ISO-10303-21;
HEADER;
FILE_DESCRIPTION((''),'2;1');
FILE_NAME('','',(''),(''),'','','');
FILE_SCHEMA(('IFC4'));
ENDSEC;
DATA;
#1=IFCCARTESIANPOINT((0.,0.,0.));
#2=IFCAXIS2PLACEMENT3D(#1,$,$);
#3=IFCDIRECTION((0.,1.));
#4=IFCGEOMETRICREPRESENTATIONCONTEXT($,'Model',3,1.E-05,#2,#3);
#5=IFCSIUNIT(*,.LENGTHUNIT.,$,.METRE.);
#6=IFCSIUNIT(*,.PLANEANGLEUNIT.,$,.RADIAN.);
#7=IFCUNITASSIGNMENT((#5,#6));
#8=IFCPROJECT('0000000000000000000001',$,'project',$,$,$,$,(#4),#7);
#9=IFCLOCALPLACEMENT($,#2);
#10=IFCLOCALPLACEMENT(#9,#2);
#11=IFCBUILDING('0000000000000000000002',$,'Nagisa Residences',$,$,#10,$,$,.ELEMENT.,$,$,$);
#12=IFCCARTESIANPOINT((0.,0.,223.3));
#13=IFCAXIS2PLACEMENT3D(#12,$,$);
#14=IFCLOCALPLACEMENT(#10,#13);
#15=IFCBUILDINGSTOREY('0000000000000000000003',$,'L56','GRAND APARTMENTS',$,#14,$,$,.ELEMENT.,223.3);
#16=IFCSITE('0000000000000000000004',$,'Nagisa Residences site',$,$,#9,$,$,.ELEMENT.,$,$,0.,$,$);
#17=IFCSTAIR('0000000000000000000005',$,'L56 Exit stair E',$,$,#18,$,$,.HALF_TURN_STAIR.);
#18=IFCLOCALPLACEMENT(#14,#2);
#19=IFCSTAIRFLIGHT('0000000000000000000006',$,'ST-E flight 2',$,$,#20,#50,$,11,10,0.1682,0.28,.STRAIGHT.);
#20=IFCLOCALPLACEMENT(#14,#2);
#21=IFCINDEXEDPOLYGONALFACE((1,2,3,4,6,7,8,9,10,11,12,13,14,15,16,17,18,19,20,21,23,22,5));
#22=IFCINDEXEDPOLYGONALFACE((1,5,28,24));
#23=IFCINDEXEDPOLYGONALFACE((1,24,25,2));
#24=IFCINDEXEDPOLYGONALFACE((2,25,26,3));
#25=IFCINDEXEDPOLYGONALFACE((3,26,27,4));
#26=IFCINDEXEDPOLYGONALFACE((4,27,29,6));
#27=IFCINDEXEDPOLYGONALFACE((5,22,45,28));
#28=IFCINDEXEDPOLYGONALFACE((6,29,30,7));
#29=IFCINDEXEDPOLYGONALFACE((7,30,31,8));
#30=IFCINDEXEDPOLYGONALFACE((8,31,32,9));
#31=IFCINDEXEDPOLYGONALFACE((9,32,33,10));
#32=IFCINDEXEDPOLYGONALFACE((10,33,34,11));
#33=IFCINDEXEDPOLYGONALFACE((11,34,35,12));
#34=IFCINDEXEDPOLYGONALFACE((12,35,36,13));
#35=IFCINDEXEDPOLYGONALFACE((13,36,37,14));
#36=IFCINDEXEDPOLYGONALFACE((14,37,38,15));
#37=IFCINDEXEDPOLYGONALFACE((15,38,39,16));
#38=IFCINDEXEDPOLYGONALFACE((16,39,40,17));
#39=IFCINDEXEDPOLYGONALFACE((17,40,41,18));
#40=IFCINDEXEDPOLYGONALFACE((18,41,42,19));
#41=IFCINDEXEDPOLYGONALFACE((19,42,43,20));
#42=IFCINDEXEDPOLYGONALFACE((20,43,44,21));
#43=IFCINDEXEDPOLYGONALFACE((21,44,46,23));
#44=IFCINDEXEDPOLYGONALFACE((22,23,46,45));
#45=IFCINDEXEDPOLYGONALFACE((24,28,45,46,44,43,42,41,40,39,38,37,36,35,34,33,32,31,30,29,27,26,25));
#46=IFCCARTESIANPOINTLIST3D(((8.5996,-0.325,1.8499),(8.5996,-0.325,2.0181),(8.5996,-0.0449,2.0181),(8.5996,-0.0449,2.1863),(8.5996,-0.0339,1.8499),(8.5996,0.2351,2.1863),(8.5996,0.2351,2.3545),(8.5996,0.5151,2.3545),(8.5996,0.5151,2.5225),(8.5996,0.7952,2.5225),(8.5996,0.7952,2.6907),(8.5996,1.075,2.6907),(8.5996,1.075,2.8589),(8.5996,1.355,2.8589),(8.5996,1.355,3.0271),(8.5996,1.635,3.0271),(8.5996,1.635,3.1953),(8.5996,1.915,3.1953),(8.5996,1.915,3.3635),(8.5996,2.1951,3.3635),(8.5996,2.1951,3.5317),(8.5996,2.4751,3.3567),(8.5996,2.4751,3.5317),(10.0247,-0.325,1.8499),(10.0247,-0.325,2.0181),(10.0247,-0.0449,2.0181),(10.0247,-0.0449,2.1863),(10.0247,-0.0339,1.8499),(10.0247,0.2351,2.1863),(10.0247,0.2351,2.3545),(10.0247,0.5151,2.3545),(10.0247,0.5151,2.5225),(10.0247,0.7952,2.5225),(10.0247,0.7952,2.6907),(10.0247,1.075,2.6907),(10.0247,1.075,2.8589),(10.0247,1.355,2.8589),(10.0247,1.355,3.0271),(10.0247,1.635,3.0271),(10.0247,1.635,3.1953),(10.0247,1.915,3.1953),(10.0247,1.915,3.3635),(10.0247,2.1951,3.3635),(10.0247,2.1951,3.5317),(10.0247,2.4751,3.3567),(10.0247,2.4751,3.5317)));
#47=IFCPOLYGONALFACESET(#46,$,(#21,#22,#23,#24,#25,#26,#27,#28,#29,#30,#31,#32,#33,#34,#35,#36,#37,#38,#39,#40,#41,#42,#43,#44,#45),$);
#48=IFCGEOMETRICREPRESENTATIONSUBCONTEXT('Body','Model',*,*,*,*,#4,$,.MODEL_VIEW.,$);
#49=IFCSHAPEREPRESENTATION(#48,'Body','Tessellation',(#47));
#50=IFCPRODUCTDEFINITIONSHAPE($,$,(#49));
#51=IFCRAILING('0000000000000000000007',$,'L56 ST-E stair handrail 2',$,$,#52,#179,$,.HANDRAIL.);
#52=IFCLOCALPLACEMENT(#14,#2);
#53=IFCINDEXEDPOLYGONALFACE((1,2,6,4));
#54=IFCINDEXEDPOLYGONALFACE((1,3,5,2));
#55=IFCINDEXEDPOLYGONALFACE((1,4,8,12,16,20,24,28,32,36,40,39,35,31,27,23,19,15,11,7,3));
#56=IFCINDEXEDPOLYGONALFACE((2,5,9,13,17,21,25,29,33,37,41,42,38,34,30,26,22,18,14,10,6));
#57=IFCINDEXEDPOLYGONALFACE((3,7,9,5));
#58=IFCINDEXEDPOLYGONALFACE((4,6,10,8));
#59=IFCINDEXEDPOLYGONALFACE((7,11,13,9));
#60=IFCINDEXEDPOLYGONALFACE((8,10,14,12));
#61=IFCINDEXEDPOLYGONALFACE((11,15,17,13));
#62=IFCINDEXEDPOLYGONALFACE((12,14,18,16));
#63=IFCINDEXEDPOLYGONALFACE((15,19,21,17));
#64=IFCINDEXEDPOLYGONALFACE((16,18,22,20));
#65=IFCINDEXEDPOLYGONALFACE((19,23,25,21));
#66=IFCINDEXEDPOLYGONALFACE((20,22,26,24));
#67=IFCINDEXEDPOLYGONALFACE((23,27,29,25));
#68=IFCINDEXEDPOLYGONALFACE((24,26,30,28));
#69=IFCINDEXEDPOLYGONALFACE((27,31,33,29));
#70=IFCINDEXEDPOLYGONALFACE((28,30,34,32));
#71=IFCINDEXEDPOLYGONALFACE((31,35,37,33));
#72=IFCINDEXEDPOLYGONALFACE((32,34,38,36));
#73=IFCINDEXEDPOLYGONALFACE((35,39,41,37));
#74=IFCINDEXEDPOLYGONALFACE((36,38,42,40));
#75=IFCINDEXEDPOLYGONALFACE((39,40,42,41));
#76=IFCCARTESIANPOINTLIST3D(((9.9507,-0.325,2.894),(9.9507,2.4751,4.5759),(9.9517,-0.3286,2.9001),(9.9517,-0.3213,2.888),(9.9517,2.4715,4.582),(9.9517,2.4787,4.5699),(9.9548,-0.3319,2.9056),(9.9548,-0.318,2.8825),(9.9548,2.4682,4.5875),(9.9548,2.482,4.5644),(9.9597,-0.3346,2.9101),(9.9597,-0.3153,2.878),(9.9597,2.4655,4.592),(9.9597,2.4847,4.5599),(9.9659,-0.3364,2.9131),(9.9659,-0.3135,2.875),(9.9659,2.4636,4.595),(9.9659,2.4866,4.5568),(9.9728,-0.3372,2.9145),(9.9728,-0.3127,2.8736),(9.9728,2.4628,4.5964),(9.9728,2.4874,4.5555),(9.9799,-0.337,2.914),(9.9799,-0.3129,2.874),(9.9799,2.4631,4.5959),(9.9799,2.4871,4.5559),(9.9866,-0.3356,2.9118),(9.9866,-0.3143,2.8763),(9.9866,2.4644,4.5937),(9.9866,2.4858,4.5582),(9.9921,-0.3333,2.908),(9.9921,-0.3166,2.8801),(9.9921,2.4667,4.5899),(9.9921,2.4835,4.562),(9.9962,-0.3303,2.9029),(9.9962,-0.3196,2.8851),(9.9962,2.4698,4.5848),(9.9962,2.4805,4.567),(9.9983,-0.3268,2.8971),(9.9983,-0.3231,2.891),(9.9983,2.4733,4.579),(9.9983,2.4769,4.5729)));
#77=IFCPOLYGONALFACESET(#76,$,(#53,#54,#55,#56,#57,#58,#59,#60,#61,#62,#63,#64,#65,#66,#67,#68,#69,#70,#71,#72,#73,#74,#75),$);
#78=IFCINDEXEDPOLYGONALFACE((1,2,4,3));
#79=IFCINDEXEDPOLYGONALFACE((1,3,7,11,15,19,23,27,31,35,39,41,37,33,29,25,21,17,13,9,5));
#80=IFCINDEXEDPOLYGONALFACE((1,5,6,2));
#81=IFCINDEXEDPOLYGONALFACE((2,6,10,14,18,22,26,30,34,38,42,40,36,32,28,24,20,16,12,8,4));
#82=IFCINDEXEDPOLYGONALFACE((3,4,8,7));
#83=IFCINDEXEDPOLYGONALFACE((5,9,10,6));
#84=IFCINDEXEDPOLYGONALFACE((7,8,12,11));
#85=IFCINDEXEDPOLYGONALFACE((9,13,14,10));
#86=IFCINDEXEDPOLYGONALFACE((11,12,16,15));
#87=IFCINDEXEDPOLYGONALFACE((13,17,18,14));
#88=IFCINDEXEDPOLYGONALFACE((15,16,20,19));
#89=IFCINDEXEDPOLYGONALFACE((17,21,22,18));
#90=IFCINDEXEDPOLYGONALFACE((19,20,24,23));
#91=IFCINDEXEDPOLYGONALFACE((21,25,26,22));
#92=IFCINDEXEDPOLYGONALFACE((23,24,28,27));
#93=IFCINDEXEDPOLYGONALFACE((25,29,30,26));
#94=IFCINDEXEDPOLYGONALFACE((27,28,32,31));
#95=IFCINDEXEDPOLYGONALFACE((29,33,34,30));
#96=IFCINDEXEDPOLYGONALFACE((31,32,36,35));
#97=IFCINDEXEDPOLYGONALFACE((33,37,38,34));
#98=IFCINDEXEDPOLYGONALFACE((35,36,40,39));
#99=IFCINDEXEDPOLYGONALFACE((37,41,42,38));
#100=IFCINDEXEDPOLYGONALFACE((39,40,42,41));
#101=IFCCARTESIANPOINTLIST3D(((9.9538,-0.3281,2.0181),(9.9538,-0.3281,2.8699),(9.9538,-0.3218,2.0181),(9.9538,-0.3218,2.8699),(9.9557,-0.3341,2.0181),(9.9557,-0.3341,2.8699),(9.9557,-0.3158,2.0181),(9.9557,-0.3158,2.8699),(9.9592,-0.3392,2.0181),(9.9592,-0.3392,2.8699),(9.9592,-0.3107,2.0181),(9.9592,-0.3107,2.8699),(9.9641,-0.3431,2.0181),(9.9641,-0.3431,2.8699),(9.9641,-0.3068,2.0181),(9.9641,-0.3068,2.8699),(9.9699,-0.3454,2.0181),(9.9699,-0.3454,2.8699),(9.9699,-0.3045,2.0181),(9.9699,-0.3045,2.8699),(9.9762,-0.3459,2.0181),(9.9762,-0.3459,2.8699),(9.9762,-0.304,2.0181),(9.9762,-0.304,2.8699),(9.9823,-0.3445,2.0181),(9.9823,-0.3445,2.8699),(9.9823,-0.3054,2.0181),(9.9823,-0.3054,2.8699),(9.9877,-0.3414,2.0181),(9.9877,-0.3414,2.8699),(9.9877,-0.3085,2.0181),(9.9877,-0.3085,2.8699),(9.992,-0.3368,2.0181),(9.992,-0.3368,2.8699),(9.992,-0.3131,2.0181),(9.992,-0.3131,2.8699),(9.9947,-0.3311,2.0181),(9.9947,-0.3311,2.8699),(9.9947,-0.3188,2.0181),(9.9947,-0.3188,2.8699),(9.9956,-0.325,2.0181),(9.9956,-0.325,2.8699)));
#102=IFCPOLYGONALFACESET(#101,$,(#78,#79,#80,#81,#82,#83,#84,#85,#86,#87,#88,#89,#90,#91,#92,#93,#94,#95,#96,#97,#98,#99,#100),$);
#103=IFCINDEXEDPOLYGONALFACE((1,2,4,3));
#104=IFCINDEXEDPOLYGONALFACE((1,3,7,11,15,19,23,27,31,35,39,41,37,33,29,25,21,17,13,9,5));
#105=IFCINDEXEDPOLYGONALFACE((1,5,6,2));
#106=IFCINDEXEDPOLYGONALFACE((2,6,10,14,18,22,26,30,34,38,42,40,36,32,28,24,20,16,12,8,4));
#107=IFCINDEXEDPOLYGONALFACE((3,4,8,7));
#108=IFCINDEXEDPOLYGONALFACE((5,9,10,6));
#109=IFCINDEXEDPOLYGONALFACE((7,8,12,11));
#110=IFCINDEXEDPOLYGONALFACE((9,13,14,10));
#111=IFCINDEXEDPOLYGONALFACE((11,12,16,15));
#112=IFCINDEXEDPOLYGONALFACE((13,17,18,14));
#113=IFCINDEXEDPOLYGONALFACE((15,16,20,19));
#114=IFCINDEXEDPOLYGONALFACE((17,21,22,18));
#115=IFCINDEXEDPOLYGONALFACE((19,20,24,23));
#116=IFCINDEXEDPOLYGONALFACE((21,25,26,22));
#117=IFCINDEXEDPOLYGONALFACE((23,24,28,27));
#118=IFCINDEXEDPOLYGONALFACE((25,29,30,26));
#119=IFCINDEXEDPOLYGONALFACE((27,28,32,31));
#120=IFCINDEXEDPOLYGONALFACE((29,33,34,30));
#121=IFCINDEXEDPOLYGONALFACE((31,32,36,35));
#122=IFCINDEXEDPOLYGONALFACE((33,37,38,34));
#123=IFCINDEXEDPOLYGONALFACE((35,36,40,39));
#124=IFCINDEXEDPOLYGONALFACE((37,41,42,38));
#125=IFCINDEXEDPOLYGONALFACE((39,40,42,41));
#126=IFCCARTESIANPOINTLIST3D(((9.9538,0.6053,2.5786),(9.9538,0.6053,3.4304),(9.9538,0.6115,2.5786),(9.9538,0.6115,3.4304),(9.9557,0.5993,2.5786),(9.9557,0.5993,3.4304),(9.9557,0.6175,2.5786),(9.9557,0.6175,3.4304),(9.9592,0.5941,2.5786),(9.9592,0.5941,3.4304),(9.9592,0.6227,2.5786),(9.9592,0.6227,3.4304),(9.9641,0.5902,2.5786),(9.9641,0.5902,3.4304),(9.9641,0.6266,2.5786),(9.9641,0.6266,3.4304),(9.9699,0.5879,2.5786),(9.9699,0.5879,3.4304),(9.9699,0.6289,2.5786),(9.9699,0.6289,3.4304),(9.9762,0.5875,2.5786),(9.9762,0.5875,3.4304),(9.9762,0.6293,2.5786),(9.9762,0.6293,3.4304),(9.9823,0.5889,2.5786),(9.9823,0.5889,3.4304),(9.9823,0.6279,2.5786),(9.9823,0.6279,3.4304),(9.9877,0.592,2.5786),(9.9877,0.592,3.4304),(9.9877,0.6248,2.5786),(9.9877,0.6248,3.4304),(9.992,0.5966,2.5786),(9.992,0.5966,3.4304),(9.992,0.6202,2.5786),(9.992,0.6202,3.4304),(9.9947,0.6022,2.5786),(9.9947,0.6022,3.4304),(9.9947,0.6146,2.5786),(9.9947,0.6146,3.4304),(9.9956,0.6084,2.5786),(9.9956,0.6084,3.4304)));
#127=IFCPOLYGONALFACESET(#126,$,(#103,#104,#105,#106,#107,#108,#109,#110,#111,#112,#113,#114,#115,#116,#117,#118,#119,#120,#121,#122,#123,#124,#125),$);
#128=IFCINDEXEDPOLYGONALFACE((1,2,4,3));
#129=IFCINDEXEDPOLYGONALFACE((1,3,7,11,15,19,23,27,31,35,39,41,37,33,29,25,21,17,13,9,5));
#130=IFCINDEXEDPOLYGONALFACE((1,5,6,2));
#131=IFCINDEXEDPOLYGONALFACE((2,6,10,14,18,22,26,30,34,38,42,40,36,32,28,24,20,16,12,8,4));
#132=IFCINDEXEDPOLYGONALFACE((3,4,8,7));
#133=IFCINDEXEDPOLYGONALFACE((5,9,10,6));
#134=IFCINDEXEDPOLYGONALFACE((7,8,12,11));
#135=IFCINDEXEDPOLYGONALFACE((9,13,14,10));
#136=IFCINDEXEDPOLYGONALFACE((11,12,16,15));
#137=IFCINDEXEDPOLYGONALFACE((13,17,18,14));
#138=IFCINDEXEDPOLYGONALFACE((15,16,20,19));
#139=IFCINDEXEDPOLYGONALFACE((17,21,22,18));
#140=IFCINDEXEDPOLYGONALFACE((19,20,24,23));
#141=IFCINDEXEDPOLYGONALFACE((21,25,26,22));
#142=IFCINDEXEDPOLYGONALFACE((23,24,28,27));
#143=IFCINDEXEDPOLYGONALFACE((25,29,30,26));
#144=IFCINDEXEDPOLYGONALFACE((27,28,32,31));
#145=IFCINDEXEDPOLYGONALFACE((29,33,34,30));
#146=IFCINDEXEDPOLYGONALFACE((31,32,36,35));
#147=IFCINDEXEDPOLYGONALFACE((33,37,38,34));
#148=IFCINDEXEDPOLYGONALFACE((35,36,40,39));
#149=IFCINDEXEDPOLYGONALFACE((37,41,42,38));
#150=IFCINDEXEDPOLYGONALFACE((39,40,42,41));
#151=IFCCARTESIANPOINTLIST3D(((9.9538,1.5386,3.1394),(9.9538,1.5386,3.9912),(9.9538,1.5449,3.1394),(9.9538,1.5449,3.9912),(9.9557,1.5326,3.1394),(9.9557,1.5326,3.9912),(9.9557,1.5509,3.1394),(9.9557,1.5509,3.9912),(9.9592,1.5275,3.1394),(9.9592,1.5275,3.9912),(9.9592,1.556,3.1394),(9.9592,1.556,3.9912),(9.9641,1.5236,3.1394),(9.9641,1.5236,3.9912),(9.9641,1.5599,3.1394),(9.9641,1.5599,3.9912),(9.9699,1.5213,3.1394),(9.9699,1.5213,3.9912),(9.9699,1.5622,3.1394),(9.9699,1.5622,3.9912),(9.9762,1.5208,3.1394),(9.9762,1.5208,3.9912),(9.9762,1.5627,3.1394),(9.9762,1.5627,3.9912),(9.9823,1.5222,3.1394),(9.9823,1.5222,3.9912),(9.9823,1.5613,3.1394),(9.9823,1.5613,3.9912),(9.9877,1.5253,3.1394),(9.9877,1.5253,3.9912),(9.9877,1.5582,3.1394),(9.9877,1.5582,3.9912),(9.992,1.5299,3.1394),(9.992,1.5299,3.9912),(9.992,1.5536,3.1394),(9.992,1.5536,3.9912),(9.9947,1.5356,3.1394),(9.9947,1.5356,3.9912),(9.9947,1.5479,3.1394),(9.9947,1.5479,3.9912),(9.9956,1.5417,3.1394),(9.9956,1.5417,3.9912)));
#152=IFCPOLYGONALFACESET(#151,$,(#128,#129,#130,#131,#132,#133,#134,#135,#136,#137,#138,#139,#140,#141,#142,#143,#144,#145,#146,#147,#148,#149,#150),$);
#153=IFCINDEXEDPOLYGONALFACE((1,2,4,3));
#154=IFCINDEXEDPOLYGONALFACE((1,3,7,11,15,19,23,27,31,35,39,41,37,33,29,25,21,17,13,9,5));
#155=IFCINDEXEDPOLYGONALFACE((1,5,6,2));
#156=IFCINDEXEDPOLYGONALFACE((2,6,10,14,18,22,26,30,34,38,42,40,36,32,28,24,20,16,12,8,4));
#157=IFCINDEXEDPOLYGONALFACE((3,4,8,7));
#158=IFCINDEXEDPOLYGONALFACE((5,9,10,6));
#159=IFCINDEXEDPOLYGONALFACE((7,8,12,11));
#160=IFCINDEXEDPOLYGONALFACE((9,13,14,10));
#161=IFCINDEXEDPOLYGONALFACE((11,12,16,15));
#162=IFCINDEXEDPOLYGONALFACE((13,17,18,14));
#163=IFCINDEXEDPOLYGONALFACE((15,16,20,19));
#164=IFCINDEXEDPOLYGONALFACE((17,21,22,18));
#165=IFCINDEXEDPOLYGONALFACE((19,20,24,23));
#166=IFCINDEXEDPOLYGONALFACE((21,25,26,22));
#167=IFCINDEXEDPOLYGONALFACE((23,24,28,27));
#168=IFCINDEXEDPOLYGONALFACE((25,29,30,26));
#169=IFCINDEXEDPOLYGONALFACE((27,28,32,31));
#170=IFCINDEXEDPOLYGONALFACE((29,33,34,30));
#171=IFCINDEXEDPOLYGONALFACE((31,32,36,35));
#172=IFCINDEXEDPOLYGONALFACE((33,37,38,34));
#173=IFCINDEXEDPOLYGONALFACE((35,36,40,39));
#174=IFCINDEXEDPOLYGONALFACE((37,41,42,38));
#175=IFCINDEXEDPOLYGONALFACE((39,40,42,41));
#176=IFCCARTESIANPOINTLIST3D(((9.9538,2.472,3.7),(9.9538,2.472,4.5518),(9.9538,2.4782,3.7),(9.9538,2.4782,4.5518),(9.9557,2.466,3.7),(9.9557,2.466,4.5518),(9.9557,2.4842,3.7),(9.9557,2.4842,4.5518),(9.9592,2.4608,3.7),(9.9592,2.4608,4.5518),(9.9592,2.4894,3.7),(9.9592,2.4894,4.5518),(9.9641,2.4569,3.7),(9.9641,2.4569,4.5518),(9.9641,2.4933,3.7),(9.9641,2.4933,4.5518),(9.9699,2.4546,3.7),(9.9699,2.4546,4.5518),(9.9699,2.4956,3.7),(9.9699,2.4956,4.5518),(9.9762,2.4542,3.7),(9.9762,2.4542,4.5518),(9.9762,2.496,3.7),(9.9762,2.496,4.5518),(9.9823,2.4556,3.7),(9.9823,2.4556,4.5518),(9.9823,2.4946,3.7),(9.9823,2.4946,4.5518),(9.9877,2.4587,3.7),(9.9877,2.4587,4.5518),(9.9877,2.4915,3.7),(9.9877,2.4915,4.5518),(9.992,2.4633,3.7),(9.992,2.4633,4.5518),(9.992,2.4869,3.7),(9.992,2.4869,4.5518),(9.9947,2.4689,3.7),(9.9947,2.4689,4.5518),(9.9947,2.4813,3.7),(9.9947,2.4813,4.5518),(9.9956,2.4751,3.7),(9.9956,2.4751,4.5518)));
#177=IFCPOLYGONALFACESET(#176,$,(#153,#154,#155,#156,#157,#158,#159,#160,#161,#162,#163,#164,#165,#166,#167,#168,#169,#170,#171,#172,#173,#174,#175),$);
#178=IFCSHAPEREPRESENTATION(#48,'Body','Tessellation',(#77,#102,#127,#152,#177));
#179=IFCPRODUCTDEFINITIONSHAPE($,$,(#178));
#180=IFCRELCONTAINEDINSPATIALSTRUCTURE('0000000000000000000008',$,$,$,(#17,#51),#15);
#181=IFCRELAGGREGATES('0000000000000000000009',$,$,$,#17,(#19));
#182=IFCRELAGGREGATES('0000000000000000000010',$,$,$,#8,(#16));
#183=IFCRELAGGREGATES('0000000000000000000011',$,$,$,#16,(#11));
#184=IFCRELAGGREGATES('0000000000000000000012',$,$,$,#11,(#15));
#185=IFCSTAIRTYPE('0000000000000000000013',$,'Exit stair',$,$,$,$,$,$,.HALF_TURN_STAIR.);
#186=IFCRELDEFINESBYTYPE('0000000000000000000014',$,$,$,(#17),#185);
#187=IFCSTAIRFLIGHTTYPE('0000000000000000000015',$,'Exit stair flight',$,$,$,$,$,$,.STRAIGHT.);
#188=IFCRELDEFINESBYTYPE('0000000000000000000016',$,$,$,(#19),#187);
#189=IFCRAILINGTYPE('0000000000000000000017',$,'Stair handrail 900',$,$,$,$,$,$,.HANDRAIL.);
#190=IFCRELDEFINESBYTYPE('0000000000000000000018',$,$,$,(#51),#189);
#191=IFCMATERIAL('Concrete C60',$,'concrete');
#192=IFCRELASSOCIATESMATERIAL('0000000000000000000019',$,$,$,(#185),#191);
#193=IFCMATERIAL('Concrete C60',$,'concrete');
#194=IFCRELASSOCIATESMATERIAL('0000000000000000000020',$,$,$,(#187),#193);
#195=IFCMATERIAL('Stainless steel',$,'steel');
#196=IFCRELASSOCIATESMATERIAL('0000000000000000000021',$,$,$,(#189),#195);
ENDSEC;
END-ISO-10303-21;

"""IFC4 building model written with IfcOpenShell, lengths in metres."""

from ifc_helpers import new_model, si_unit, direction, frame, origin, origin_2d, place, context, subcontext, project, spatial, polyline, circle, outline, extrude, material, type_object, element, aggregate, save


model = new_model("IFC4")

# Units and contexts
model_context = context("Model", 3, precision=1e-05, world=origin(), true_north=direction((0.0, 1.0)))
body_context = subcontext(model_context, "Body", "Model", "MODEL_VIEW")
ifc_project = project(units=[si_unit("LENGTHUNIT", "METRE"), si_unit("PLANEANGLEUNIT", "RADIAN")], contexts=[model_context])

# Site, building, storey
site_placement = place(None, origin())
site = spatial("IfcSite", under=ifc_project, at=site_placement, Name="Nagisa Residences site", CompositionType="ELEMENT", RefElevation=0.0)
building_placement = place(site_placement, origin())
building = spatial("IfcBuilding", under=site, at=building_placement, Name="Nagisa Residences", CompositionType="ELEMENT")
storey_placement = place(building_placement, frame((0.0, 0.0, 223.3)))
storey = spatial("IfcBuildingStorey", under=building, at=storey_placement, Name="L56", Description="GRAND APARTMENTS", CompositionType="ELEMENT", Elevation=223.3)

# Stair, stair flight
ifc_material_1 = material(Name="Concrete C60", Category="concrete")
stair_type = type_object("IfcStairType", Name="Exit stair", PredefinedType="HALF_TURN_STAIR", material=ifc_material_1)
stair_placement = place(storey_placement, origin())
stair = element("IfcStair", 1, at=stair_placement, inside=storey, type_object=stair_type, Name="L56 Exit stair E", PredefinedType="HALF_TURN_STAIR")
ifc_material_2 = material(Name="Concrete C60", Category="concrete")
stair_flight_type = type_object("IfcStairFlightType", Name="Exit stair flight", PredefinedType="STRAIGHT", material=ifc_material_2)
stair_flight_placement = place(storey_placement, frame((9.312, -0.325, 1.8499), z_axis=(0.0, 0.0, 1.0), x_axis=(0.0, 1.0, 0.0)))
stair_flight = element("IfcStairFlight", 2, at=stair_flight_placement, type_object=stair_flight_type, Name="ST-E flight 2", NumberOfRisers=11, NumberOfTreads=10, PredefinedType="STRAIGHT", RiserHeight=0.1682, TreadLength=0.28, context=body_context, shape_type="SweptSolid", body=[
    extrude(outline(polyline([(0.0, 0.0), (0.0, 0.1682), (0.28, 0.1682), (0.28, 0.3364), (0.5601, 0.3364), (0.5601, 0.5046), (0.8401, 0.5046), (0.8401, 0.6726), (1.1201, 0.6726), (1.1201, 0.8408), (1.3999, 0.8408), (1.3999, 1.009), (1.6799, 1.009), (1.6799, 1.1772), (1.96, 1.1772), (1.96, 1.3455), (2.24, 1.3455), (2.24, 1.5137), (2.52, 1.5137), (2.52, 1.6819), (2.8, 1.6819), (2.8, 1.8501), (2.8, 1.5068), (0.291, 0.0), (0.0, 0.0)])), frame((0.0, 0.7124, 0.0), z_axis=(0.0, -1.0, 0.0), x_axis=(1.0, 0.0, 0.0)), (0.0, 0.0, 1.0), 1.425),
])
aggregate(stair, [stair_flight])

# Railing
ifc_material_3 = material(Name="Stainless steel", Category="steel")
railing_type_1 = type_object("IfcRailingType", Name="Stair handrail 900", PredefinedType="HANDRAIL", material=ifc_material_3)
railing_1_placement = place(storey_placement, frame((9.9746, -0.325, 2.0181)))
element("IfcRailing", 3, at=railing_1_placement, inside=storey, type_object=railing_type_1, Name="L56 ST-E stair handrail 2", PredefinedType="HANDRAIL", context=body_context, shape_type="SweptSolid", body=[
    extrude(circle(Radius=0.0239, at=origin_2d()), frame((0.0, 0.0, 0.876), z_axis=(0.0, 0.857242, 0.514913), x_axis=(-1.0, 0.0, 0.0)), (0.0, 0.0, 1.0), 3.2664),
    extrude(circle(Radius=0.021, at=origin_2d()), origin(), (0.0, 0.0, 1.0), 0.8518),
    extrude(circle(Radius=0.021, at=origin_2d()), frame((0.0, 0.9333, 0.5605)), (0.0, 0.0, 1.0), 0.8518),
    extrude(circle(Radius=0.021, at=origin_2d()), frame((0.0, 1.8667, 1.1213)), (0.0, 0.0, 1.0), 0.8518),
    extrude(circle(Radius=0.021, at=origin_2d()), frame((0.0, 2.8, 1.6819)), (0.0, 0.0, 1.0), 0.8518),
])

save(model, "model.ifc")
